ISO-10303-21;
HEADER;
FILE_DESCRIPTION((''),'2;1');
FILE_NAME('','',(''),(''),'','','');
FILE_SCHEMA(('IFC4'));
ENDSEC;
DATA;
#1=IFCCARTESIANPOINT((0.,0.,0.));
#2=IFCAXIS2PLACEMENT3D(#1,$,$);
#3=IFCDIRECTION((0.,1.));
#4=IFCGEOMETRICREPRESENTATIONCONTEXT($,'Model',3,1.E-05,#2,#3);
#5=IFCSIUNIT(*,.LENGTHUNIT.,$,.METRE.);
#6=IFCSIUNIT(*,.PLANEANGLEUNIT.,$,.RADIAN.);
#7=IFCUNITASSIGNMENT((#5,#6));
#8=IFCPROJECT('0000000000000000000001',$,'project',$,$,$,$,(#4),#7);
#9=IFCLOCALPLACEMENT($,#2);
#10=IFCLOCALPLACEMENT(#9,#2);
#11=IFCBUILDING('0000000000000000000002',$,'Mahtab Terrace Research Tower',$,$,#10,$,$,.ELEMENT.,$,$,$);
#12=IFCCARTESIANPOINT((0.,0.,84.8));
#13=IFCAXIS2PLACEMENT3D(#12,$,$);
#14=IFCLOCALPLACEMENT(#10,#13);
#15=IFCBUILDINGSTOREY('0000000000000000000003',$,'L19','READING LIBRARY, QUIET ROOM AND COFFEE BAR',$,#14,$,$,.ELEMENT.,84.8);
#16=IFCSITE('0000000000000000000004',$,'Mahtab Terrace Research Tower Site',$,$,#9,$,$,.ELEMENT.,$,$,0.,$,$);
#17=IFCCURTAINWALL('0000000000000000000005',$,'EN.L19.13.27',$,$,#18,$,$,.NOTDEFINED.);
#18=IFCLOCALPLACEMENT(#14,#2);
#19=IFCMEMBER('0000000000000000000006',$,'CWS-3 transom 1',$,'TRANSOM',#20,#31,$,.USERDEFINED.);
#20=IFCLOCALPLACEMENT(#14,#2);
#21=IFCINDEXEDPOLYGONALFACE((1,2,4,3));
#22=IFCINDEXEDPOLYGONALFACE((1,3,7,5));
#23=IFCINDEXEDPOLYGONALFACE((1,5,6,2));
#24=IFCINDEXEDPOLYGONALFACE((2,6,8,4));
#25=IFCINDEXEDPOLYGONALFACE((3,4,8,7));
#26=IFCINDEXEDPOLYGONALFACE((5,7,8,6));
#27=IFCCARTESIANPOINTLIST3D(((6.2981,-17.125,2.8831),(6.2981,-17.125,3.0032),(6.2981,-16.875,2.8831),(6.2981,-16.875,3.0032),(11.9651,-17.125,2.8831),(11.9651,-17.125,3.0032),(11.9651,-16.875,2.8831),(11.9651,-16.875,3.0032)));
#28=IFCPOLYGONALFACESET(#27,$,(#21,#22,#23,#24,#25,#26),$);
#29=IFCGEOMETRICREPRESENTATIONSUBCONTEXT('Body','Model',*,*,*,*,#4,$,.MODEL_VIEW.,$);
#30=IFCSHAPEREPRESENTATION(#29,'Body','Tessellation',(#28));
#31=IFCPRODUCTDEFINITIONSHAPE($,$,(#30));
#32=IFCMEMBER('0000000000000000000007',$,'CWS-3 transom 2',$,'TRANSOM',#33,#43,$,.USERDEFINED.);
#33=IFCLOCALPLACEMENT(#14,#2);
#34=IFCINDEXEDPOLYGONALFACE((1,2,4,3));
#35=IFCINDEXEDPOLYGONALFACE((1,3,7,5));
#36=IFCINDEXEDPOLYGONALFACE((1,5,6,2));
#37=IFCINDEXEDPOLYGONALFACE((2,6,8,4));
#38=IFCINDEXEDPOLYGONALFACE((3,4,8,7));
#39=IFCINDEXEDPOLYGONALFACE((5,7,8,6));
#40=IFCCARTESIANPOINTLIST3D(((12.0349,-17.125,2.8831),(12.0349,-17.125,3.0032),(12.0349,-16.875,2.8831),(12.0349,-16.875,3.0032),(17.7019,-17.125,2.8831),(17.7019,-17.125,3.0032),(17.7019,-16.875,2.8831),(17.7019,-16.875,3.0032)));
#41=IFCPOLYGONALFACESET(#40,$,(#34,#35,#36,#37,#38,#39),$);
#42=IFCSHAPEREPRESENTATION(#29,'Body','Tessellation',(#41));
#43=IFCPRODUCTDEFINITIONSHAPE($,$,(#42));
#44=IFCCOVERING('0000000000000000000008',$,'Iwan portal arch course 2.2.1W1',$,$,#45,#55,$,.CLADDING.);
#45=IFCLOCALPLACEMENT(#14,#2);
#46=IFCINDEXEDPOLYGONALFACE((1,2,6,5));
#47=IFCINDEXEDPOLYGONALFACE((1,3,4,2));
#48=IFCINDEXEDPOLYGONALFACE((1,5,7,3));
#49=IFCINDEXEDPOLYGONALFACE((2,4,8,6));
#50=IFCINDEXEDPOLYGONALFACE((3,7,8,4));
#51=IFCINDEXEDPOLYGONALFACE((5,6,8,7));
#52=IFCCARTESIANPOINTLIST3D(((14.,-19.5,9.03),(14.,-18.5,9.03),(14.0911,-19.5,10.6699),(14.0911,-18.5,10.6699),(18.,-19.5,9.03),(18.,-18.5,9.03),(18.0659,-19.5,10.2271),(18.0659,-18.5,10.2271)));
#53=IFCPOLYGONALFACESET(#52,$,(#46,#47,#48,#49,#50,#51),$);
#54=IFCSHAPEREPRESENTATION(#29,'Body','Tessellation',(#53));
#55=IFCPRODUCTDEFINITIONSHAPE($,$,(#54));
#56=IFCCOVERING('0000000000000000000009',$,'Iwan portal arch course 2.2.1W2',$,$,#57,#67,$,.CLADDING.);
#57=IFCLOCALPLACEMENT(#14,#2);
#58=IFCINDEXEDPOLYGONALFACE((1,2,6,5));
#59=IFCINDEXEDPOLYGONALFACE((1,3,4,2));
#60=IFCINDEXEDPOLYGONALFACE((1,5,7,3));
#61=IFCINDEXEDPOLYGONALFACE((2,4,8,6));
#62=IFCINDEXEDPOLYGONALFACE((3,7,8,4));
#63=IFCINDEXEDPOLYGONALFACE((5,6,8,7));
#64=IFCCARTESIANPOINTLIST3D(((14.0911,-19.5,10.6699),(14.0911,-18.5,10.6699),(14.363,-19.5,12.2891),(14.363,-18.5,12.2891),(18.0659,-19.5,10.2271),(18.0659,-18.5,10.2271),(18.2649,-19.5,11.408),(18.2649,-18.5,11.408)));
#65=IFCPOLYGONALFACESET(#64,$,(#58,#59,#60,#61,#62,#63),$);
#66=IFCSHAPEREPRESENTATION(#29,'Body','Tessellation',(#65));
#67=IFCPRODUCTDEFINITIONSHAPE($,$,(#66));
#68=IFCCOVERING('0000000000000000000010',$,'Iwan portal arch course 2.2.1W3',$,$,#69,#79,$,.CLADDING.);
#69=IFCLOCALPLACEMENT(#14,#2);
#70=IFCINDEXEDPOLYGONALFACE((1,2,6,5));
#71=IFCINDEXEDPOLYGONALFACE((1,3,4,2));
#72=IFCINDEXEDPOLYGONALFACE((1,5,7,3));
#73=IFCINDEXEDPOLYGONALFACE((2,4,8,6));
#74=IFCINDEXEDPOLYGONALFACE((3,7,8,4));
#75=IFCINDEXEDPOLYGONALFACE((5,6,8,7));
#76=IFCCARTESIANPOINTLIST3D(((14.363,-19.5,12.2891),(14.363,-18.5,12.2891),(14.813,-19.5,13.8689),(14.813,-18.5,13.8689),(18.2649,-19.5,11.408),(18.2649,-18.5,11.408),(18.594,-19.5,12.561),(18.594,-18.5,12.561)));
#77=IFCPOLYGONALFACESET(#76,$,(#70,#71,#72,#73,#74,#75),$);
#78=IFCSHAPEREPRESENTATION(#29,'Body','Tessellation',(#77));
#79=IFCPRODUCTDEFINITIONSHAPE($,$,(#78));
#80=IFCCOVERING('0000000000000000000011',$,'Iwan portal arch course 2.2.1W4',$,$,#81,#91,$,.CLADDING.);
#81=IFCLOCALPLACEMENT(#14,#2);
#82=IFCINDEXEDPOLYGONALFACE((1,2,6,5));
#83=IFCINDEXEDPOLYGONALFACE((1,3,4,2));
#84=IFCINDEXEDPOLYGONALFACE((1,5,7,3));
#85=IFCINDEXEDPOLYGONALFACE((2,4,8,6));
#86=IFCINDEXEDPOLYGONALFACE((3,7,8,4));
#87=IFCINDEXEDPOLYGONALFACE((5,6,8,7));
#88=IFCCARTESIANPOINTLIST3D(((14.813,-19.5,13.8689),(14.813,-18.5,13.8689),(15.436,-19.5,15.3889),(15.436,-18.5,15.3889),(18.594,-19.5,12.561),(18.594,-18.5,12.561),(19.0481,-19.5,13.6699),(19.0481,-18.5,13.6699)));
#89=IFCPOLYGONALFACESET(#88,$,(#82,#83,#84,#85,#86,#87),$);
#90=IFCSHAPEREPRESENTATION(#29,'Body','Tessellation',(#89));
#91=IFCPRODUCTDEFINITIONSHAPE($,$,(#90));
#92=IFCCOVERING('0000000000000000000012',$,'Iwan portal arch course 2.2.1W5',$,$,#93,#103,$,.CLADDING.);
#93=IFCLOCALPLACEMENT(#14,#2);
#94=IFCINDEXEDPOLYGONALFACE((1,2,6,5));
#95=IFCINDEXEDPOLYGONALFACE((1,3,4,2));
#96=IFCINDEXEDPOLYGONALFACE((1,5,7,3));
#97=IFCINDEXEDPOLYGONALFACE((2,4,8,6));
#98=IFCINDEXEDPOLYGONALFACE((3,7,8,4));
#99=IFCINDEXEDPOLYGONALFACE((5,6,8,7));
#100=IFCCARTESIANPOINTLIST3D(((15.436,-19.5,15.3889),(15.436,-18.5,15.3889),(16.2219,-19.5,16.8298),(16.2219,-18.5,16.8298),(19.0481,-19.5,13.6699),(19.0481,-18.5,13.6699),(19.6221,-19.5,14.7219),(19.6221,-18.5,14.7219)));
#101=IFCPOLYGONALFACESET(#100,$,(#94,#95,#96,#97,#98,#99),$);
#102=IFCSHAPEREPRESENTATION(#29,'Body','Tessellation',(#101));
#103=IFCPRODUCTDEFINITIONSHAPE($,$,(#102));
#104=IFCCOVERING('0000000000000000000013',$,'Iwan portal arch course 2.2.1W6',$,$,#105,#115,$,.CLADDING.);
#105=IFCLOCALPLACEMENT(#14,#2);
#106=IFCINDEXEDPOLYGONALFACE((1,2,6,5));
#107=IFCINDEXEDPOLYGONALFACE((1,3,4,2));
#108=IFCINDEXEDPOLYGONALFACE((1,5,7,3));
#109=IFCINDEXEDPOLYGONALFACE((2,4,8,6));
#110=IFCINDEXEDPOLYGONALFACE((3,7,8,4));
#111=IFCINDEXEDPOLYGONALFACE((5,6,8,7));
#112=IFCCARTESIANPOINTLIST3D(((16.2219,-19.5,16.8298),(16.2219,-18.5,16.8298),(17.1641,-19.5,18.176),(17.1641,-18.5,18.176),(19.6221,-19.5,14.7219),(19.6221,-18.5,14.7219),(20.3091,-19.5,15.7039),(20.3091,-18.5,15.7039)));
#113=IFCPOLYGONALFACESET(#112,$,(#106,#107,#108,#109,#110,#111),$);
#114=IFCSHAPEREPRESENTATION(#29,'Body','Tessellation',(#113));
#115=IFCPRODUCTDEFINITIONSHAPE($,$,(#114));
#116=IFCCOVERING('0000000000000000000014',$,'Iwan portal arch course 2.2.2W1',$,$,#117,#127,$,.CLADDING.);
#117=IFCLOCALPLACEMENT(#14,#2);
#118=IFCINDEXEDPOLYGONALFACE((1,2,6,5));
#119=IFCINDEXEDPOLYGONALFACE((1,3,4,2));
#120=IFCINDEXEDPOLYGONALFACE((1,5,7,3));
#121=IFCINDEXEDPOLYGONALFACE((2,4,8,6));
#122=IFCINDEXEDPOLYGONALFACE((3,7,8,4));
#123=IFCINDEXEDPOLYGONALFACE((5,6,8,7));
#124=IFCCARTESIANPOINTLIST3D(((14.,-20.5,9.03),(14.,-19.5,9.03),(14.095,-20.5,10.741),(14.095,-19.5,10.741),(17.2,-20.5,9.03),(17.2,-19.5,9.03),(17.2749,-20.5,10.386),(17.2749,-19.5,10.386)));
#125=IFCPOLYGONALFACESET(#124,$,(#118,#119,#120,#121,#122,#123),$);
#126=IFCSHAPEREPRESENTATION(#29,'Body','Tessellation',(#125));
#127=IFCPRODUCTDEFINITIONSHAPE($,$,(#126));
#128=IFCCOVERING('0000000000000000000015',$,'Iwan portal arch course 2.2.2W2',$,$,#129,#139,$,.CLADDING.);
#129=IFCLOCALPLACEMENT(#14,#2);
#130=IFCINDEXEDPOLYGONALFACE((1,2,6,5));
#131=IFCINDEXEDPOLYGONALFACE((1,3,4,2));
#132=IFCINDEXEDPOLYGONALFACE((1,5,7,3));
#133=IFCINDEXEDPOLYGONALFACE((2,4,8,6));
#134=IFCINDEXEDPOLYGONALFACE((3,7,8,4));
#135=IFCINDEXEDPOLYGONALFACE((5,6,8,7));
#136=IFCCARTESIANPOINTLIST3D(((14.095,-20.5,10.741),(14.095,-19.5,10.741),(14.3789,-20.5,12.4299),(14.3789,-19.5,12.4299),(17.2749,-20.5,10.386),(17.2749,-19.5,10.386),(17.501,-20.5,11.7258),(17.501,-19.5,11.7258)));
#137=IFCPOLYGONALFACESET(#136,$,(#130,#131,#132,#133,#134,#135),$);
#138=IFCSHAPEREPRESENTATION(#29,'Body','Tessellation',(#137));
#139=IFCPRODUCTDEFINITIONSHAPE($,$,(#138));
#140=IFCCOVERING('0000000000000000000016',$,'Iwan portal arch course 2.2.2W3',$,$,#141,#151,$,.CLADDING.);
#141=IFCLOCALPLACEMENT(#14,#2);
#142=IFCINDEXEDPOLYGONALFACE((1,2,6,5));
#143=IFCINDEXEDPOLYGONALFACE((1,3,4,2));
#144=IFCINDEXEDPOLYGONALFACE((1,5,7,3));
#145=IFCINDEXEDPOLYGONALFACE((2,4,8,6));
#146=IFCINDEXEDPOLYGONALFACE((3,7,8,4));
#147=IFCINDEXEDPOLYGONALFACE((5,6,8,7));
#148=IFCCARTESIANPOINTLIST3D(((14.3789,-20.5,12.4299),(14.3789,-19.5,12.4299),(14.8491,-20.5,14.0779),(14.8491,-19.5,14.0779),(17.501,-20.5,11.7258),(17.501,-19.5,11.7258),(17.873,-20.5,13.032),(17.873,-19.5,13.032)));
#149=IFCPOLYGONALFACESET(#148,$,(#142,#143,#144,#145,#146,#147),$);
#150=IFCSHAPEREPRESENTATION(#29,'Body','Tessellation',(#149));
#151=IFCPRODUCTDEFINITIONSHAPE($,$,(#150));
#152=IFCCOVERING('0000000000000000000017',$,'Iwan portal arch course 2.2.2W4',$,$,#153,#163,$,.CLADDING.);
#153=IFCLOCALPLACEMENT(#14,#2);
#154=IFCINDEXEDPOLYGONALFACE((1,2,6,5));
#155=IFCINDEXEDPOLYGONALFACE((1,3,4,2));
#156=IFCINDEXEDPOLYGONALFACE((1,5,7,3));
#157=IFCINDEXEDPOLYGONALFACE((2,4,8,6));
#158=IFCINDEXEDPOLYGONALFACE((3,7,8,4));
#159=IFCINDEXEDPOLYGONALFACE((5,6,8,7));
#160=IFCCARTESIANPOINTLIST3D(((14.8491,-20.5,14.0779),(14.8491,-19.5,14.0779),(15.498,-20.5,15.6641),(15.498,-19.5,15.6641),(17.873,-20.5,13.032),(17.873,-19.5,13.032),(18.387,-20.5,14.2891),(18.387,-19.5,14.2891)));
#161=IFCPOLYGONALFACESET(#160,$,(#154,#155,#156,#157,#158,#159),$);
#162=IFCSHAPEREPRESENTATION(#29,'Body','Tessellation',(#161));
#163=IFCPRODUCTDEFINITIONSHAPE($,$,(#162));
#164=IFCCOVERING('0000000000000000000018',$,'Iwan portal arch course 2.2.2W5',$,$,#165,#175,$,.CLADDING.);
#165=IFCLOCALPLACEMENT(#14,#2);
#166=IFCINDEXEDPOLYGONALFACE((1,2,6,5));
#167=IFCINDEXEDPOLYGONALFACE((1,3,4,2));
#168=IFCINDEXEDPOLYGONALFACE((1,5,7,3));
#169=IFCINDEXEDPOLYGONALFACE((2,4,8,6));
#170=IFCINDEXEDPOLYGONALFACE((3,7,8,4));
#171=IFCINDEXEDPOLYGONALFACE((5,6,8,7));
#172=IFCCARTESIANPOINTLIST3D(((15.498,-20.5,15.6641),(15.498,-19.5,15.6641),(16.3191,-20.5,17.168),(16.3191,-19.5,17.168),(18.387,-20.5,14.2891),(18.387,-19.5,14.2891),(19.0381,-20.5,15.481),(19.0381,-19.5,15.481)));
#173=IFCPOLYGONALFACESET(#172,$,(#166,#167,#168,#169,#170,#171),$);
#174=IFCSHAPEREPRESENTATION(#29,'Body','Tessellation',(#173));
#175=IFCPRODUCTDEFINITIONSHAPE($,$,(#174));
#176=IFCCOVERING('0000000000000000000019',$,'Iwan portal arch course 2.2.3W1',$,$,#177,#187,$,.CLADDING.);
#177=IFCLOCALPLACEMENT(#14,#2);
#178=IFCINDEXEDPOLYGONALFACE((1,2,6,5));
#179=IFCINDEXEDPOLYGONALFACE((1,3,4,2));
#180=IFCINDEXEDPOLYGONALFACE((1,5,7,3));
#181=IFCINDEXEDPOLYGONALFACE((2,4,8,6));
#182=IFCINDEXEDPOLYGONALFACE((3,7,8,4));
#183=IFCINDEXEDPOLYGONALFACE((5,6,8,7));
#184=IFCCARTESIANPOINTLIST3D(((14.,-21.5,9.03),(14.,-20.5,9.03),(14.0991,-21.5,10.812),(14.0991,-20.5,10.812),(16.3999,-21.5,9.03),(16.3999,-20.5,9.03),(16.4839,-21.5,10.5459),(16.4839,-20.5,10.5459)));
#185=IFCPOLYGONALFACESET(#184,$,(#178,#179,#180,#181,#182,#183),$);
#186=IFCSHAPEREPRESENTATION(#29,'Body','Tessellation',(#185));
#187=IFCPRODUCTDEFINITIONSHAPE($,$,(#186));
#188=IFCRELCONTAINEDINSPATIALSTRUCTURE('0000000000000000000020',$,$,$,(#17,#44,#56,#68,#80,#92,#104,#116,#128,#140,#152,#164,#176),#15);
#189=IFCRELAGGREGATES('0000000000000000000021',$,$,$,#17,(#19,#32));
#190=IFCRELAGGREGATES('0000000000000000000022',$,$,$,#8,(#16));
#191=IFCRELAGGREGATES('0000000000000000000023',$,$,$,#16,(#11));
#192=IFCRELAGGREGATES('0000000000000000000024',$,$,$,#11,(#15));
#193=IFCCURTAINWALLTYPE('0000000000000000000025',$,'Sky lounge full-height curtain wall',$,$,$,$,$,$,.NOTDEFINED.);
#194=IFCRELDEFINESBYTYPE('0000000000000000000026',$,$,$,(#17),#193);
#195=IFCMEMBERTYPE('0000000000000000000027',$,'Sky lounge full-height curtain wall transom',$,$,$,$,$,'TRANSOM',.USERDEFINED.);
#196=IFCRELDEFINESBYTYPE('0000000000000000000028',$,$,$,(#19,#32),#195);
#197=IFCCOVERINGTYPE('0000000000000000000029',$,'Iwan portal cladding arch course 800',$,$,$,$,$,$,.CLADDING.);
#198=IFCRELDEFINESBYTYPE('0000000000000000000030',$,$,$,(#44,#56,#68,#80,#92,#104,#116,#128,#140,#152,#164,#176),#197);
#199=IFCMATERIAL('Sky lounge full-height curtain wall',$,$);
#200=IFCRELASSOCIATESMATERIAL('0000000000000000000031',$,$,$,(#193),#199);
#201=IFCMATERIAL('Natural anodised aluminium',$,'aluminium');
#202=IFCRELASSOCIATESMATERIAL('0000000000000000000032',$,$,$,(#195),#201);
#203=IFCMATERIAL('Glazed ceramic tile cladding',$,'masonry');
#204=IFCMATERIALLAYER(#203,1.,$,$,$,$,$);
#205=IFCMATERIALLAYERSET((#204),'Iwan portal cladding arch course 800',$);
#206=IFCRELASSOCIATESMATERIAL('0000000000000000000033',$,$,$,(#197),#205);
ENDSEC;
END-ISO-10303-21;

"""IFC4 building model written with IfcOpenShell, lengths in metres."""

from ifc_helpers import new_model, si_unit, direction, frame, origin, origin_2d, place, context, subcontext, project, spatial, polyline, rectangle, outline, extrude, material, layer, layer_set, material_profile, profile_set, type_object, element, aggregate, save


model = new_model("IFC4")

# Units and contexts
model_context = context("Model", 3, precision=1e-05, world=origin(), true_north=direction((0.0, 1.0)))
body_context = subcontext(model_context, "Body", "Model", "MODEL_VIEW")
ifc_project = project(units=[si_unit("LENGTHUNIT", "METRE"), si_unit("PLANEANGLEUNIT", "RADIAN")], contexts=[model_context])

# Site, building, storey
site_placement = place(None, origin())
site = spatial("IfcSite", under=ifc_project, at=site_placement, Name="Mahtab Terrace Research Tower Site", CompositionType="ELEMENT", RefElevation=0.0)
building_placement = place(site_placement, origin())
building = spatial("IfcBuilding", under=site, at=building_placement, Name="Mahtab Terrace Research Tower", CompositionType="ELEMENT")
storey_placement = place(building_placement, frame((0.0, 0.0, 84.8)))
storey = spatial("IfcBuildingStorey", under=building, at=storey_placement, Name="L19", Description="READING LIBRARY, QUIET ROOM AND COFFEE BAR", CompositionType="ELEMENT", Elevation=84.8)

# Curtain wall, members
ifc_material_1 = material(Name="Sky lounge full-height curtain wall")
curtain_wall_type = type_object("IfcCurtainWallType", Name="Sky lounge full-height curtain wall", PredefinedType="NOTDEFINED", material=ifc_material_1)
curtain_wall_placement = place(storey_placement, origin())
curtain_wall = element("IfcCurtainWall", 1, at=curtain_wall_placement, inside=storey, type_object=curtain_wall_type, Name="EN.L19.13.27", PredefinedType="NOTDEFINED")
ifc_material_2 = material(Name="Natural anodised aluminium", Category="aluminium")
ifc_material_profile = material_profile(ifc_material_2, rectangle(XDim=0.25, YDim=0.1201, at=origin_2d()), Name="TRANSOM 120x250")
ifc_profile_set = profile_set([ifc_material_profile], Name="Natural anodised aluminium")
member_type = type_object("IfcMemberType", Name="Sky lounge full-height curtain wall transom", ElementType="TRANSOM", PredefinedType="USERDEFINED", material=ifc_profile_set)
member_1_placement = place(storey_placement, frame((6.2981, -17.0, 2.9431), z_axis=(1.0, 0.0, 0.0), x_axis=(0.0, 1.0, 0.0)))
member_1 = element("IfcMember", 2, at=member_1_placement, type_object=member_type, Name="CWS-3 transom 1", ObjectType="TRANSOM", PredefinedType="USERDEFINED", context=body_context, shape_type="SweptSolid", body=[
    extrude(rectangle(XDim=0.25, YDim=0.1201, at=origin_2d()), origin(), (0.0, 0.0, 1.0), 5.667),
])
member_2_placement = place(storey_placement, frame((12.0349, -17.0, 2.9431), z_axis=(1.0, 0.0, 0.0), x_axis=(0.0, 1.0, 0.0)))
member_2 = element("IfcMember", 3, at=member_2_placement, type_object=member_type, Name="CWS-3 transom 2", ObjectType="TRANSOM", PredefinedType="USERDEFINED", context=body_context, shape_type="SweptSolid", body=[
    extrude(rectangle(XDim=0.25, YDim=0.1201, at=origin_2d()), origin(), (0.0, 0.0, 1.0), 5.667),
])
aggregate(curtain_wall, [member_1, member_2])

# Coverings
ifc_material_3 = material(Name="Glazed ceramic tile cladding", Category="masonry")
ifc_layer_1 = layer(ifc_material_3, 1.0)
ifc_layer_set_1 = layer_set([ifc_layer_1], Name="Iwan portal cladding arch course 800")
covering_type_1 = type_object("IfcCoveringType", Name="Iwan portal cladding arch course 800", PredefinedType="CLADDING", material=ifc_layer_set_1)
covering_1_placement = place(storey_placement, frame((14.0, -18.5, 9.03), z_axis=(0.0, 1.0, 0.0), x_axis=(0.055445, 0.0, 0.998462)))
element("IfcCovering", 4, at=covering_1_placement, inside=storey, type_object=covering_type_1, Name="Iwan portal arch course 2.2.1W1", PredefinedType="CLADDING", context=body_context, shape_type="SweptSolid", body=[
    extrude(outline(polyline([(0.0, 0.0), (1.6424, 0.0), (1.4206, 3.9933), (0.2218, 3.9938), (0.0, 0.0)])), origin(), (0.0, 0.0, -1.0), 1.0),
])
covering_2_placement = place(storey_placement, frame((14.0911, -18.5, 10.6699), z_axis=(0.0, 1.0, 0.0), x_axis=(0.165653, 0.0, 0.986184)))
element("IfcCovering", 5, at=covering_2_placement, inside=storey, type_object=covering_type_1, Name="Iwan portal arch course 2.2.1W2", PredefinedType="CLADDING", context=body_context, shape_type="SweptSolid", body=[
    extrude(outline(polyline([(0.0, 0.0), (1.6418, 0.0), (1.4192, 3.9939), (0.2217, 3.9933), (0.0, 0.0)])), origin(), (0.0, 0.0, -1.0), 1.0),
])
covering_3_placement = place(storey_placement, frame((14.363, -18.5, 12.2891), z_axis=(0.0, 1.0, 0.0), x_axis=(0.273916, 0.0, 0.961754)))
element("IfcCovering", 6, at=covering_3_placement, inside=storey, type_object=covering_type_1, Name="Iwan portal arch course 2.2.1W3", PredefinedType="CLADDING", context=body_context, shape_type="SweptSolid", body=[
    extrude(outline(polyline([(0.0, 0.0), (1.6427, 0.0), (1.4205, 3.9946), (0.2214, 3.994), (0.0, 0.0)])), origin(), (0.0, 0.0, -1.0), 1.0),
])
covering_4_placement = place(storey_placement, frame((14.813, -18.5, 13.8689), z_axis=(0.0, 1.0, 0.0), x_axis=(0.379269, 0.0, 0.925286)))
element("IfcCovering", 7, at=covering_4_placement, inside=storey, type_object=covering_type_1, Name="Iwan portal arch course 2.2.1W4", PredefinedType="CLADDING", context=body_context, shape_type="SweptSolid", body=[
    extrude(outline(polyline([(0.0, 0.0), (1.6428, 0.0), (1.4221, 3.9942), (0.2239, 3.9945), (0.0, 0.0)])), origin(), (0.0, 0.0, -1.0), 1.0),
])
covering_5_placement = place(storey_placement, frame((15.436, -18.5, 15.3889), z_axis=(0.0, 1.0, 0.0), x_axis=(0.478821, 0.0, 0.877913)))
element("IfcCovering", 8, at=covering_5_placement, inside=storey, type_object=covering_type_1, Name="Iwan portal arch course 2.2.1W5", PredefinedType="CLADDING", context=body_context, shape_type="SweptSolid", body=[
    extrude(outline(polyline([(0.0, 0.0), (1.6413, 0.0), (1.4188, 3.9943), (0.2204, 3.9942), (0.0, 0.0)])), origin(), (0.0, 0.0, -1.0), 1.0),
])
covering_6_placement = place(storey_placement, frame((16.2219, -18.5, 16.8298), z_axis=(0.0, 1.0, 0.0), x_axis=(0.573383, 0.0, 0.819288)))
element("IfcCovering", 9, at=covering_6_placement, inside=storey, type_object=covering_type_1, Name="Iwan portal arch course 2.2.1W6", PredefinedType="CLADDING", context=body_context, shape_type="SweptSolid", body=[
    extrude(outline(polyline([(0.0, 0.0), (1.6431, 0.0), (1.421, 3.9942), (0.2226, 3.9943), (0.0, 0.0)])), origin(), (0.0, 0.0, -1.0), 1.0),
])
covering_7_placement = place(storey_placement, frame((14.0, -19.5, 9.03), z_axis=(0.0, 1.0, 0.0), x_axis=(0.055423, 0.0, 0.998463)))
element("IfcCovering", 10, at=covering_7_placement, inside=storey, type_object=covering_type_1, Name="Iwan portal arch course 2.2.2W1", PredefinedType="CLADDING", context=body_context, shape_type="SweptSolid", body=[
    extrude(outline(polyline([(0.0, 0.0), (1.7136, 0.0), (1.5354, 3.1947), (0.1773, 3.195), (0.0, 0.0)])), origin(), (0.0, 0.0, -1.0), 1.0),
])
covering_8_placement = place(storey_placement, frame((14.095, -19.5, 10.741), z_axis=(0.0, 1.0, 0.0), x_axis=(0.165786, 0.0, 0.986162)))
element("IfcCovering", 11, at=covering_8_placement, inside=storey, type_object=covering_type_1, Name="Iwan portal arch course 2.2.2W2", PredefinedType="CLADDING", context=body_context, shape_type="SweptSolid", body=[
    extrude(outline(polyline([(0.0, 0.0), (1.7127, 0.0), (1.5359, 3.1956), (0.1771, 3.1948), (0.0, 0.0)])), origin(), (0.0, 0.0, -1.0), 1.0),
])
covering_9_placement = place(storey_placement, frame((14.3789, -19.5, 12.4299), z_axis=(0.0, 1.0, 0.0), x_axis=(0.274382, 0.0, 0.961621)))
element("IfcCovering", 12, at=covering_9_placement, inside=storey, type_object=covering_type_1, Name="Iwan portal arch course 2.2.2W3", PredefinedType="CLADDING", context=body_context, shape_type="SweptSolid", body=[
    extrude(outline(polyline([(0.0, 0.0), (1.7137, 0.0), (1.5377, 3.1948), (0.1796, 3.1954), (0.0, 0.0)])), origin(), (0.0, 0.0, -1.0), 1.0),
])
covering_10_placement = place(storey_placement, frame((14.8491, -19.5, 14.0779), z_axis=(0.0, 1.0, 0.0), x_axis=(0.378649, 0.0, 0.92554)))
element("IfcCovering", 13, at=covering_10_placement, inside=storey, type_object=covering_type_1, Name="Iwan portal arch course 2.2.2W4", PredefinedType="CLADDING", context=body_context, shape_type="SweptSolid", body=[
    extrude(outline(polyline([(0.0, 0.0), (1.7138, 0.0), (1.5351, 3.1945), (0.177, 3.1948), (0.0, 0.0)])), origin(), (0.0, 0.0, -1.0), 1.0),
])
covering_11_placement = place(storey_placement, frame((15.498, -19.5, 15.6641), z_axis=(0.0, 1.0, 0.0), x_axis=(0.479182, 0.0, 0.877716)))
element("IfcCovering", 14, at=covering_11_placement, inside=storey, type_object=covering_type_1, Name="Iwan portal arch course 2.2.2W5", PredefinedType="CLADDING", context=body_context, shape_type="SweptSolid", body=[
    extrude(outline(polyline([(0.0, 0.0), (1.7134, 0.0), (1.5356, 3.1949), (0.1775, 3.1945), (0.0, 0.0)])), origin(), (0.0, 0.0, -1.0), 1.0),
])
covering_12_placement = place(storey_placement, frame((14.0, -20.5, 9.03), z_axis=(0.0, 1.0, 0.0), x_axis=(0.055538, 0.0, 0.998457)))
element("IfcCovering", 15, at=covering_12_placement, inside=storey, type_object=covering_type_1, Name="Iwan portal arch course 2.2.3W1", PredefinedType="CLADDING", context=body_context, shape_type="SweptSolid", body=[
    extrude(outline(polyline([(0.0, 0.0), (1.7847, 0.0), (1.6515, 2.3959), (0.1333, 2.3962), (0.0, 0.0)])), origin(), (0.0, 0.0, -1.0), 1.0),
])

save(model, "model.ifc")
